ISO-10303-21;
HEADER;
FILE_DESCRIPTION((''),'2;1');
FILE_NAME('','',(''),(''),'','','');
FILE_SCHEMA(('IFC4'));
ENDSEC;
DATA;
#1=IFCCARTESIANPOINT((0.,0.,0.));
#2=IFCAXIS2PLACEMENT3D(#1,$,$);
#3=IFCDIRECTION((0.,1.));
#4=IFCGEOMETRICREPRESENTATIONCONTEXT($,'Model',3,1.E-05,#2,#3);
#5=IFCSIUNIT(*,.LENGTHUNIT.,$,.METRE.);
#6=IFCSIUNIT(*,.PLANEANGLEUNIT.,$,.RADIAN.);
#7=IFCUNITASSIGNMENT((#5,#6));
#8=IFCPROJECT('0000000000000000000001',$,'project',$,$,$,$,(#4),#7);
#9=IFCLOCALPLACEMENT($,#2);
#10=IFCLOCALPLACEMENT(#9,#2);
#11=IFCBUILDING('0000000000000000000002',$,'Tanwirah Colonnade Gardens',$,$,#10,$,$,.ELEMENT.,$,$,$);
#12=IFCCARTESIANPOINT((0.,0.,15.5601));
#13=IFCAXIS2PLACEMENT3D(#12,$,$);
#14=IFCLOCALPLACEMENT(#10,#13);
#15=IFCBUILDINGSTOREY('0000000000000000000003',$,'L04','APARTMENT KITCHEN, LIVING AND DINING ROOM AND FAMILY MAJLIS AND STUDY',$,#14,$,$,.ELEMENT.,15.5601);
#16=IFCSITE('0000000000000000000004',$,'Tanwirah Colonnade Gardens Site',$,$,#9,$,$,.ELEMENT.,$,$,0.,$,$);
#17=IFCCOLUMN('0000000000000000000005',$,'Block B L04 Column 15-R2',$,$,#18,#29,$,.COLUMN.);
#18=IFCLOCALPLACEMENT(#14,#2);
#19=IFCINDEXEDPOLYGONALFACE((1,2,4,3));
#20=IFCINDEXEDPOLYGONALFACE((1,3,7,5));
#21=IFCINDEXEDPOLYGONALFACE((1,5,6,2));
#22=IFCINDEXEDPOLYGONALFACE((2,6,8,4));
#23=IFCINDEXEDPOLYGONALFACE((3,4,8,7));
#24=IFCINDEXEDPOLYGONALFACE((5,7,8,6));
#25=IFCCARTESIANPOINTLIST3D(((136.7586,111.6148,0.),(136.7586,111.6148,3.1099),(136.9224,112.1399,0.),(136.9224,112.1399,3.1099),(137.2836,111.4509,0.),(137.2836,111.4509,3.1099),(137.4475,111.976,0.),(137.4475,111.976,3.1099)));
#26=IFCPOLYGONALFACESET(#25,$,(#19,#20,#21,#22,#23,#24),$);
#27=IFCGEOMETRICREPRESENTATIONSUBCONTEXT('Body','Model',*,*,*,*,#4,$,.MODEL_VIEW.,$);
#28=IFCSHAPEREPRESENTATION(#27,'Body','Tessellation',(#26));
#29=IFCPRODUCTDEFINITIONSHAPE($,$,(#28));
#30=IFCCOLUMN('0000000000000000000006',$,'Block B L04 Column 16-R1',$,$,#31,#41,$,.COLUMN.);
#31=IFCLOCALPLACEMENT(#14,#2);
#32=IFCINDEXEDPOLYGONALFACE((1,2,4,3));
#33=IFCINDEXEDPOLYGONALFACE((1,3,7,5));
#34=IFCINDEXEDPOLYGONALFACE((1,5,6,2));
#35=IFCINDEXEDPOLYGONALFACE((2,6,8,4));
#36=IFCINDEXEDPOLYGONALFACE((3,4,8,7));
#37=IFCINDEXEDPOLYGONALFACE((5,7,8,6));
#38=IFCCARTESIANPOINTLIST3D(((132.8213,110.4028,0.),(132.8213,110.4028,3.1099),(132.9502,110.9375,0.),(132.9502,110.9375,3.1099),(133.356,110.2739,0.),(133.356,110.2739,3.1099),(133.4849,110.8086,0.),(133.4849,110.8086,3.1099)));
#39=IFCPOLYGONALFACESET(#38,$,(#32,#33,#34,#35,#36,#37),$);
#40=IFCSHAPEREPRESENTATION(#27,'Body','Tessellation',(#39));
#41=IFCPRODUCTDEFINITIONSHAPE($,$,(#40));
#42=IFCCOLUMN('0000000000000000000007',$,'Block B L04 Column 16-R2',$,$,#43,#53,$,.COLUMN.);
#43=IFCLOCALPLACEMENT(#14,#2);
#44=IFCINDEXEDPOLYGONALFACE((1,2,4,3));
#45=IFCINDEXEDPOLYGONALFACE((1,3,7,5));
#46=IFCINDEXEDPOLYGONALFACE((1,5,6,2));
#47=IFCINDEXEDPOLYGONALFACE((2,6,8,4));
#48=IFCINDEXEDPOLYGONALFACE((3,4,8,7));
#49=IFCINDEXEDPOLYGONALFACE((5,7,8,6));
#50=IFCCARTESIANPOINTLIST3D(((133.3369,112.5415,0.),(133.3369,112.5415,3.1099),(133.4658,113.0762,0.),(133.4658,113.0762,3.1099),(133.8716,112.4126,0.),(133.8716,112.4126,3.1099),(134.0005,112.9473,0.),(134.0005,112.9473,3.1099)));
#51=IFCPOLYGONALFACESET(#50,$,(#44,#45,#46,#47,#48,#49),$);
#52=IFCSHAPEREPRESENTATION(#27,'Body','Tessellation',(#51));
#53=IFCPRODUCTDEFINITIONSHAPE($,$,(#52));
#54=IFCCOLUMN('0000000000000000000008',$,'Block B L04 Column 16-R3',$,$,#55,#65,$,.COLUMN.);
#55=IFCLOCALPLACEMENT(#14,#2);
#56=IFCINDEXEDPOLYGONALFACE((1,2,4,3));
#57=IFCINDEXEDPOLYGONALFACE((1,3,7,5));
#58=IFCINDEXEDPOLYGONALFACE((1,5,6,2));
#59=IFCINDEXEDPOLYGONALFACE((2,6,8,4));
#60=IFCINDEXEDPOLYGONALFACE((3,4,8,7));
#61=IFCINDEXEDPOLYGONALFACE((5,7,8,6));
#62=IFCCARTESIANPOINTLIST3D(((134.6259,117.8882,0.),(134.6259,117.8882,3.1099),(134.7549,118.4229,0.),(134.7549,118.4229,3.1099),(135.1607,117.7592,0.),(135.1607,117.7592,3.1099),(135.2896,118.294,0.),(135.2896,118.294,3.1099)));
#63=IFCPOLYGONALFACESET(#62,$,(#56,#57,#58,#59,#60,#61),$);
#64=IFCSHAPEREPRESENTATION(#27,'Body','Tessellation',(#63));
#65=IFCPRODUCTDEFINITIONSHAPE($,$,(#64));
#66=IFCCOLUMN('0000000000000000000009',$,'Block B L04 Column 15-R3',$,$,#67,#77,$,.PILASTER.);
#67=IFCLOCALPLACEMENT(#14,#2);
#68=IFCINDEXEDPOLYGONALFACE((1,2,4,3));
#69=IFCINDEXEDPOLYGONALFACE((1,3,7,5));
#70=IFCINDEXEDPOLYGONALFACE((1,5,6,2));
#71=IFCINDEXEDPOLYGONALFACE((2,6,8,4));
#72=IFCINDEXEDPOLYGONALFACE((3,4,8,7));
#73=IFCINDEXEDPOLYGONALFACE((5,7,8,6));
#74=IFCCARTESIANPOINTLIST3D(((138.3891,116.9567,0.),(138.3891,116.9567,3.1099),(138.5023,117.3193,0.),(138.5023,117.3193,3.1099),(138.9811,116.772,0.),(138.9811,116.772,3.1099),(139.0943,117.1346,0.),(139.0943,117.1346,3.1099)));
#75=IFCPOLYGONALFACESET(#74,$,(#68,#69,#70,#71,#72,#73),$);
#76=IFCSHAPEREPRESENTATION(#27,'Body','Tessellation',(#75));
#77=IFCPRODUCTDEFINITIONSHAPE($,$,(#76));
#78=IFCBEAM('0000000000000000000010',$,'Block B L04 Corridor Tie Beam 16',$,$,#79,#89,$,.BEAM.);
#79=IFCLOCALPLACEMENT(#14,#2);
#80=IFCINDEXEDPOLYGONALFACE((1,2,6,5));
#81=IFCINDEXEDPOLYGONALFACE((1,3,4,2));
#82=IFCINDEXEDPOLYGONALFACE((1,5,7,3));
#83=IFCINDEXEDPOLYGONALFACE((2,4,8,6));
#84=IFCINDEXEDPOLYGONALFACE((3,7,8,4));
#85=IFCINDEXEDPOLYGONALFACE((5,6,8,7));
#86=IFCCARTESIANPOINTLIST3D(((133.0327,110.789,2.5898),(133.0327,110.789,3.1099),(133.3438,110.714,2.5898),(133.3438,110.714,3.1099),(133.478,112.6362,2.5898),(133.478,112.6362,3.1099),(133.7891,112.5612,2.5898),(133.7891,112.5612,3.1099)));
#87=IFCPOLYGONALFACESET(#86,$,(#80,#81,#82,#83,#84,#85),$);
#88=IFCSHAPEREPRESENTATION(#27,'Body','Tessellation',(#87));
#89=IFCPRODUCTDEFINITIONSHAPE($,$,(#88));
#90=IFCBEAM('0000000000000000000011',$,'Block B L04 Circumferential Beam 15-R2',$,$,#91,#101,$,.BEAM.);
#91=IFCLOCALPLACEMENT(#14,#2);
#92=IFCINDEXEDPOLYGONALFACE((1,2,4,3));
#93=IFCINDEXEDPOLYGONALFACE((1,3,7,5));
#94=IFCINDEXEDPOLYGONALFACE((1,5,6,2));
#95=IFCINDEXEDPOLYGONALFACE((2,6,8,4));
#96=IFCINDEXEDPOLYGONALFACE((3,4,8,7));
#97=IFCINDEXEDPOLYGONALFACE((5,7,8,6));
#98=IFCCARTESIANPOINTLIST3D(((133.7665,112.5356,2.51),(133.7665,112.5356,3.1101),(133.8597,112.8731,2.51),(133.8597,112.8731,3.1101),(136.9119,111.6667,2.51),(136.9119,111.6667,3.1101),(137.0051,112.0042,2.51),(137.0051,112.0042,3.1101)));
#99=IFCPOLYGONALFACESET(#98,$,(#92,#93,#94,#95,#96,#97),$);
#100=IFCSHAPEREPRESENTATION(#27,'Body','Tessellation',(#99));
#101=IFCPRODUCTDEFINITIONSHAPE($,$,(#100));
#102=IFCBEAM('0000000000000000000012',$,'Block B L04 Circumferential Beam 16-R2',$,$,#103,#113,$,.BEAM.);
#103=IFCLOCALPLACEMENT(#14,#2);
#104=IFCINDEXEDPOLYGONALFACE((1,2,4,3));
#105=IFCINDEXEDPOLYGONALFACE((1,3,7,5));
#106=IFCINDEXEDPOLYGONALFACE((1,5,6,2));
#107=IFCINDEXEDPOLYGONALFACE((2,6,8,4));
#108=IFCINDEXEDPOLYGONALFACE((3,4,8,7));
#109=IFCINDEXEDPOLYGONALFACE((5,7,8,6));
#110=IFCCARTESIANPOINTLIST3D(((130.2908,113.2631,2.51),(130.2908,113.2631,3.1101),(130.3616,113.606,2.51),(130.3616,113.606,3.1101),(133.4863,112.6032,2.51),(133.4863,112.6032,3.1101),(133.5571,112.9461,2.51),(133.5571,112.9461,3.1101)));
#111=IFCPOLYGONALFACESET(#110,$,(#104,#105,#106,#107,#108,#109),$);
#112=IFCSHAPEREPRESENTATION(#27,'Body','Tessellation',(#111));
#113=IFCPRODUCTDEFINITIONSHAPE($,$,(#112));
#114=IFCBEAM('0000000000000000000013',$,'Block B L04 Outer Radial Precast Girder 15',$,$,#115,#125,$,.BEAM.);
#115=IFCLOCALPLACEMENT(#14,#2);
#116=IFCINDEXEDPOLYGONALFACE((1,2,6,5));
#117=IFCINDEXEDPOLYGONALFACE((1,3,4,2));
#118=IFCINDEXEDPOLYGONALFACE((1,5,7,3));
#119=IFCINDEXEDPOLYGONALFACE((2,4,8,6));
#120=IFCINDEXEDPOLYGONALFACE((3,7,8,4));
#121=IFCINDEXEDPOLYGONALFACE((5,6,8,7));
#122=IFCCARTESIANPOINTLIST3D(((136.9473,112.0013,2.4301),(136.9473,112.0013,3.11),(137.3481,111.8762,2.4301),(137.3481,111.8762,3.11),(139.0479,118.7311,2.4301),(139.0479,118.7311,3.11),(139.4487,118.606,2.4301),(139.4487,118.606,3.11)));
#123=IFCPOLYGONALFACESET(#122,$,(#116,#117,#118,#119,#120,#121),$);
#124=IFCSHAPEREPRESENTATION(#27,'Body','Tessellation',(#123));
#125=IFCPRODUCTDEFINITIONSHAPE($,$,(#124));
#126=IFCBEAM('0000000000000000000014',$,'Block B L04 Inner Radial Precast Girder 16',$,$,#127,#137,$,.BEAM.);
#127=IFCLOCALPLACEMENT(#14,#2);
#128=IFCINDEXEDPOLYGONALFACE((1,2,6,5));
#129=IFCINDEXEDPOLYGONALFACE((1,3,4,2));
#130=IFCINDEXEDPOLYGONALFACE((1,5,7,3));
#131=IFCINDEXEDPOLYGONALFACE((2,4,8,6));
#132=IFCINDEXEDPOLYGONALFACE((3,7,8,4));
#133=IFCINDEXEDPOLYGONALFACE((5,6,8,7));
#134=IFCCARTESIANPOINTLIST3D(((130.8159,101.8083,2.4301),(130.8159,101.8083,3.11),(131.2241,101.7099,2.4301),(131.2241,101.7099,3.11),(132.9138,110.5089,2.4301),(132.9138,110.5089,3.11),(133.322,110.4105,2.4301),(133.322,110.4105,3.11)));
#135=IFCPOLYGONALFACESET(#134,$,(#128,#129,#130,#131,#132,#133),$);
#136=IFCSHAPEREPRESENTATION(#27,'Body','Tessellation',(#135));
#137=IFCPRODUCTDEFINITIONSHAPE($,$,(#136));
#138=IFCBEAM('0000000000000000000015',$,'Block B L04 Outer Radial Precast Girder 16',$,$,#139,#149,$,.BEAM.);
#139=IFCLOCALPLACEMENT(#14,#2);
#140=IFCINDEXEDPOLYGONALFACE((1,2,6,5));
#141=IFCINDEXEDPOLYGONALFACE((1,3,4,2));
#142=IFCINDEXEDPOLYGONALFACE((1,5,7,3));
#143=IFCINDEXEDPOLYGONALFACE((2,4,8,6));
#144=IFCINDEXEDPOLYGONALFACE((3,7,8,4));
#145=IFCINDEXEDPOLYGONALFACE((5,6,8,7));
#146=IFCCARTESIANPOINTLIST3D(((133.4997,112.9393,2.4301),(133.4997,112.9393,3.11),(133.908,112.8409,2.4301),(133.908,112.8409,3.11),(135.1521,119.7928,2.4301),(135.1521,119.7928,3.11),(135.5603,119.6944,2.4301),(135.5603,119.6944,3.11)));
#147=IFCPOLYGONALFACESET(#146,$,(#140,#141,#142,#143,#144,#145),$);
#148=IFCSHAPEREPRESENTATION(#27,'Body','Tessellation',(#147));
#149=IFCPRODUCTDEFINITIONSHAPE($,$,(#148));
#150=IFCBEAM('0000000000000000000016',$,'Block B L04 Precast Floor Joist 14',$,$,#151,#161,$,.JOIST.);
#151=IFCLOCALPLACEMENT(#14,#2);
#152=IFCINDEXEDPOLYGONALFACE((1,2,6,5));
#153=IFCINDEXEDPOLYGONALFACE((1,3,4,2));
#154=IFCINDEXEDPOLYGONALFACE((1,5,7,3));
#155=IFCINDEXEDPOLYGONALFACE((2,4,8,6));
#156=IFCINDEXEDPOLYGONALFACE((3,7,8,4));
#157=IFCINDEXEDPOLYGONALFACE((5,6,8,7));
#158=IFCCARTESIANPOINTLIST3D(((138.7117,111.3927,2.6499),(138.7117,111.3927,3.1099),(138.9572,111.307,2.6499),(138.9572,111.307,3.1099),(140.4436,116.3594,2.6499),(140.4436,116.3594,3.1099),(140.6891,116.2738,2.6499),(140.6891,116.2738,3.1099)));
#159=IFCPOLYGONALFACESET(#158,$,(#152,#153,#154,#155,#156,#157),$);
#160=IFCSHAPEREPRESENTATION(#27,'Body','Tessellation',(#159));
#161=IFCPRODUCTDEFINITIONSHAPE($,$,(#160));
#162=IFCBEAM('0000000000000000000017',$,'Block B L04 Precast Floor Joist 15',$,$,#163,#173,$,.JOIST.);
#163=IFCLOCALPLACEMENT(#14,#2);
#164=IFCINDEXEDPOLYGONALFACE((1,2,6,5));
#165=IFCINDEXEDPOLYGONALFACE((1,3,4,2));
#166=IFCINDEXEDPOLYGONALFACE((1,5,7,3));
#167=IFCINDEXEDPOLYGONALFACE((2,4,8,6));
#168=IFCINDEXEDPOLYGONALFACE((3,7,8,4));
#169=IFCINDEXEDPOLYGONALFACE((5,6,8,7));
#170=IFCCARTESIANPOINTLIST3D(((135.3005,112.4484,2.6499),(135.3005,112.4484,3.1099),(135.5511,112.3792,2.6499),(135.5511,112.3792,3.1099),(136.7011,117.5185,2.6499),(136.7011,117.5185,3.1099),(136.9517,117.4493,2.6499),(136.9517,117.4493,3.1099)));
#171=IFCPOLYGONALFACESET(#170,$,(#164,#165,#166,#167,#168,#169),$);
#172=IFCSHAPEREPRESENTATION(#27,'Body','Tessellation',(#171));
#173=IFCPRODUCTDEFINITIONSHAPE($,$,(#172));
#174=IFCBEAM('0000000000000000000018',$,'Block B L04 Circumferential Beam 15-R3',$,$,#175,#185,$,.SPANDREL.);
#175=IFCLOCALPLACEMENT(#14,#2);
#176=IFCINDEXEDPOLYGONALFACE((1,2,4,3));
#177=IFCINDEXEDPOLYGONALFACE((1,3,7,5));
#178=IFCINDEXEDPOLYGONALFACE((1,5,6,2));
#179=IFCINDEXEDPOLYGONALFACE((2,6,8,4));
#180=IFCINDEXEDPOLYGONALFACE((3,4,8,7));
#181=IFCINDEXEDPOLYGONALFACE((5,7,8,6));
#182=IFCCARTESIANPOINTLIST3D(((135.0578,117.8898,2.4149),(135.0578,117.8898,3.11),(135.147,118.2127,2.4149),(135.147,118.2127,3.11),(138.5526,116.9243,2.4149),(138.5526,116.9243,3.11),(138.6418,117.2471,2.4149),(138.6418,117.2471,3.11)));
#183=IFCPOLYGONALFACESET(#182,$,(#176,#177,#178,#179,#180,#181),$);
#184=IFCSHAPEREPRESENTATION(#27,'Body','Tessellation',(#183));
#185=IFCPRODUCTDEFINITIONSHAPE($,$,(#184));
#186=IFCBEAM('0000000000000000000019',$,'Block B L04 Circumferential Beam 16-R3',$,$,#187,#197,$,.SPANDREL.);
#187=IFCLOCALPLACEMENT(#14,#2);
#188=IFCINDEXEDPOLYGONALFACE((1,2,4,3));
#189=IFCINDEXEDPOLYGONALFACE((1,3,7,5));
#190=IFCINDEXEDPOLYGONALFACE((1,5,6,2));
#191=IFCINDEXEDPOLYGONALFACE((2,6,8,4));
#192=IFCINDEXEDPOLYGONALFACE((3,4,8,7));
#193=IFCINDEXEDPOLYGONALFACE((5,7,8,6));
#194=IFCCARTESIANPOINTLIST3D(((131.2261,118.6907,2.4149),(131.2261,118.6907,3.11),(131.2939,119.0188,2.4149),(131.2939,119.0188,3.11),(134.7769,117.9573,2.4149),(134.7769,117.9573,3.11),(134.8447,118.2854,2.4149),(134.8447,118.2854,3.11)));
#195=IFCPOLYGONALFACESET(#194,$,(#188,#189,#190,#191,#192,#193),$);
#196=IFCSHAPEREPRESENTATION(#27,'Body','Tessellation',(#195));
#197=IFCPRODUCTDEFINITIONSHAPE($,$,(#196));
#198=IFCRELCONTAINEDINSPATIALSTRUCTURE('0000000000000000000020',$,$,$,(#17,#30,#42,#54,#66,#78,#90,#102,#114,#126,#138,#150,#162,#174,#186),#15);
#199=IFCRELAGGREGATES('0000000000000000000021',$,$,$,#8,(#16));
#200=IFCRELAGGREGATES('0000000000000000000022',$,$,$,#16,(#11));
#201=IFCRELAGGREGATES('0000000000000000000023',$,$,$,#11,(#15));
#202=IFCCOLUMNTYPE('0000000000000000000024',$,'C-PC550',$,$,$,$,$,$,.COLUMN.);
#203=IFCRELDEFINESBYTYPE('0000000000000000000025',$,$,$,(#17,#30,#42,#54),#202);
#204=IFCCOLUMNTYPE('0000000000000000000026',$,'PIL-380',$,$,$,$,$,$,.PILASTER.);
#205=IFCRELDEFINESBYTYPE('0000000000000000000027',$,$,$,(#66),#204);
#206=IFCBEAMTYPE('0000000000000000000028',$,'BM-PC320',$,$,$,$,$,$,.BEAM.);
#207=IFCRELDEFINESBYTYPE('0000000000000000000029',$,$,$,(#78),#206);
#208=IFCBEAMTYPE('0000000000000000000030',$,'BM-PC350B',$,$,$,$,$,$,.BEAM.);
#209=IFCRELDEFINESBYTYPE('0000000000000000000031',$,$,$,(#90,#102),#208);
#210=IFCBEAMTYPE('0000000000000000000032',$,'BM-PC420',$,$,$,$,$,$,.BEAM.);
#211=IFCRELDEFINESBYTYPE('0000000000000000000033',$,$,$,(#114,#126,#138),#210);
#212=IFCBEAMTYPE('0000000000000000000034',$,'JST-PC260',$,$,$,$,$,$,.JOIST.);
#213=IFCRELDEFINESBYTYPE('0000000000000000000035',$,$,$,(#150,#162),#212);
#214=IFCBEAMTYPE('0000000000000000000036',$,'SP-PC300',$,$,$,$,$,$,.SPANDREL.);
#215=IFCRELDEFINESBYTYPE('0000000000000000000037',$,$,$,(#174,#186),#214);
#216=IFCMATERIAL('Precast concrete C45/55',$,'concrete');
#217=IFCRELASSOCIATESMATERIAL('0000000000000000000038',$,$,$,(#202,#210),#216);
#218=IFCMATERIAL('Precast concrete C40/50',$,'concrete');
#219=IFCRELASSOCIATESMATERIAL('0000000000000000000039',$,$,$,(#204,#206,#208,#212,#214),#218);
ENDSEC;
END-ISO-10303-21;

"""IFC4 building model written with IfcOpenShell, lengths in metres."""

from ifc_helpers import new_model, si_unit, direction, frame, origin, origin_2d, place, context, subcontext, project, spatial, rectangle, extrude, material, material_profile, profile_set, type_object, element, save


model = new_model("IFC4")

# Units and contexts
model_context = context("Model", 3, precision=1e-05, world=origin(), true_north=direction((0.0, 1.0)))
body_context = subcontext(model_context, "Body", "Model", "MODEL_VIEW")
ifc_project = project(units=[si_unit("LENGTHUNIT", "METRE"), si_unit("PLANEANGLEUNIT", "RADIAN")], contexts=[model_context])

# Site, building, storey
site_placement = place(None, origin())
site = spatial("IfcSite", under=ifc_project, at=site_placement, Name="Tanwirah Colonnade Gardens Site", CompositionType="ELEMENT", RefElevation=0.0)
building_placement = place(site_placement, origin())
building = spatial("IfcBuilding", under=site, at=building_placement, Name="Tanwirah Colonnade Gardens", CompositionType="ELEMENT")
storey_placement = place(building_placement, frame((0.0, 0.0, 15.5601)))
storey = spatial("IfcBuildingStorey", under=building, at=storey_placement, Name="L04", Description="APARTMENT KITCHEN, LIVING AND DINING ROOM AND FAMILY MAJLIS AND STUDY", CompositionType="ELEMENT", Elevation=15.5601)

# Columns
ifc_material_1 = material(Name="Precast concrete C45/55", Category="concrete")
ifc_material_profile_1 = material_profile(ifc_material_1, rectangle(XDim=0.55, YDim=0.55, at=origin_2d()), Name="PC-COL 550x550")
ifc_profile_set_1 = profile_set([ifc_material_profile_1], Name="Precast concrete C45/55")
column_type_1 = type_object("IfcColumnType", Name="C-PC550", PredefinedType="COLUMN", material=ifc_profile_set_1)
for number, where, z_axis, x_axis, name in (
    (1, (137.103, 111.7954, 0.0), (0.0, 0.0, 1.0), (0.29793, 0.954588, 0.0), "Block B L04 Column 15-R2"),
    (2, (133.1531, 110.6057, 0.0), (0.0, 0.0, 1.0), (0.234388, 0.972143, 0.0), "Block B L04 Column 16-R1"),
    (3, (133.6687, 112.7444, 0.0), (0.0, 0.0, 1.0), (0.234388, 0.972143, 0.0), "Block B L04 Column 16-R2"),
    (4, (134.9578, 118.0911, 0.0), (0.0, 0.0, 1.0), (0.234388, 0.972143, 0.0), "Block B L04 Column 16-R3"),
):
    element("IfcColumn", number, at=place(storey_placement, frame(where, z_axis=z_axis, x_axis=x_axis)), inside=storey, type_object=column_type_1, Name=name, PredefinedType="COLUMN", context=body_context, shape_type="SweptSolid", body=[
        extrude(rectangle(XDim=0.55, YDim=0.55, at=origin_2d()), origin(), (0.0, 0.0, 1.0), 3.1099),
    ])
ifc_material_2 = material(Name="Precast concrete C40/50", Category="concrete")
ifc_material_profile_2 = material_profile(ifc_material_2, rectangle(XDim=0.3799, YDim=0.6201, at=origin_2d()), Name="PC-PIL 380x620")
ifc_profile_set_2 = profile_set([ifc_material_profile_2], Name="Precast concrete C40/50")
column_type_2 = type_object("IfcColumnType", Name="PIL-380", PredefinedType="PILASTER", material=ifc_profile_set_2)
column_placement = place(storey_placement, frame((138.7417, 117.0457, 0.0), z_axis=(0.0, 0.0, 1.0), x_axis=(0.29793, 0.954588, 0.0)))
element("IfcColumn", 5, at=column_placement, inside=storey, type_object=column_type_2, Name="Block B L04 Column 15-R3", PredefinedType="PILASTER", context=body_context, shape_type="SweptSolid", body=[
    extrude(rectangle(XDim=0.3799, YDim=0.6201, at=origin_2d()), origin(), (0.0, 0.0, 1.0), 3.1099),
])

# Beams
ifc_material_profile_3 = material_profile(ifc_material_2, rectangle(XDim=0.3201, YDim=0.52, at=origin_2d()), Name="PC-BM 320x520")
ifc_profile_set_3 = profile_set([ifc_material_profile_3], Name="Precast concrete C40/50")
beam_type_1 = type_object("IfcBeamType", Name="BM-PC320", PredefinedType="BEAM", material=ifc_profile_set_3)
beam_1_placement = place(storey_placement, frame((133.1882, 110.7515, 2.8499), z_axis=(0.234364, 0.972149, 0.0), x_axis=(-0.972149, 0.234364, 0.0)))
element("IfcBeam", 6, at=beam_1_placement, inside=storey, type_object=beam_type_1, Name="Block B L04 Corridor Tie Beam 16", PredefinedType="BEAM", context=body_context, shape_type="SweptSolid", body=[
    extrude(rectangle(XDim=0.3201, YDim=0.52, at=origin_2d()), origin(), (0.0, 0.0, 1.0), 1.9001),
])
ifc_material_profile_4 = material_profile(ifc_material_2, rectangle(XDim=0.3501, YDim=0.6001, at=origin_2d()), Name="PC-BM 350x600")
ifc_profile_set_4 = profile_set([ifc_material_profile_4], Name="Precast concrete C40/50")
beam_type_2 = type_object("IfcBeamType", Name="BM-PC350B", PredefinedType="BEAM", material=ifc_profile_set_4)
beam_2_placement = place(storey_placement, frame((136.9585, 111.8354, 2.8101), z_axis=(-0.963895, 0.266281, 0.0), x_axis=(-0.266281, -0.963895, 0.0)))
element("IfcBeam", 7, at=beam_2_placement, inside=storey, type_object=beam_type_2, Name="Block B L04 Circumferential Beam 15-R2", PredefinedType="BEAM", context=body_context, shape_type="SweptSolid", body=[
    extrude(rectangle(XDim=0.3501, YDim=0.6001, at=origin_2d()), origin(), (0.0, 0.0, 1.0), 3.2632),
])
beam_3_placement = place(storey_placement, frame((133.5217, 112.7747, 2.8101), z_axis=(-0.979336, 0.202242, 0.0), x_axis=(-0.202242, -0.979336, 0.0)))
element("IfcBeam", 8, at=beam_3_placement, inside=storey, type_object=beam_type_2, Name="Block B L04 Circumferential Beam 16-R2", PredefinedType="BEAM", context=body_context, shape_type="SweptSolid", body=[
    extrude(rectangle(XDim=0.3501, YDim=0.6001, at=origin_2d()), origin(), (0.0, 0.0, 1.0), 3.2629),
])
ifc_material_profile_5 = material_profile(ifc_material_1, rectangle(XDim=0.4199, YDim=0.6799, at=origin_2d()), Name="PC-BM 420x680")
ifc_profile_set_5 = profile_set([ifc_material_profile_5], Name="Precast concrete C45/55")
beam_type_3 = type_object("IfcBeamType", Name="BM-PC420", PredefinedType="BEAM", material=ifc_profile_set_5)
beam_4_placement = place(storey_placement, frame((137.1477, 111.9387, 2.77), z_axis=(0.297958, 0.954579, 0.0), x_axis=(-0.954579, 0.297958, 0.0)))
element("IfcBeam", 9, at=beam_4_placement, inside=storey, type_object=beam_type_3, Name="Block B L04 Outer Radial Precast Girder 15", PredefinedType="BEAM", context=body_context, shape_type="SweptSolid", body=[
    extrude(rectangle(XDim=0.4199, YDim=0.6799, at=origin_2d()), origin(), (0.0, 0.0, 1.0), 7.05),
])
beam_5_placement = place(storey_placement, frame((133.1179, 110.4597, 2.77), z_axis=(-0.234401, -0.97214, 0.0), x_axis=(0.97214, -0.234401, 0.0)))
element("IfcBeam", 10, at=beam_5_placement, inside=storey, type_object=beam_type_3, Name="Block B L04 Inner Radial Precast Girder 16", PredefinedType="BEAM", context=body_context, shape_type="SweptSolid", body=[
    extrude(rectangle(XDim=0.4199, YDim=0.6799, at=origin_2d()), origin(), (0.0, 0.0, 1.0), 8.95),
])
beam_6_placement = place(storey_placement, frame((133.7039, 112.8901, 2.77), z_axis=(0.234379, 0.972145, 0.0), x_axis=(-0.972145, 0.234379, 0.0)))
element("IfcBeam", 11, at=beam_6_placement, inside=storey, type_object=beam_type_3, Name="Block B L04 Outer Radial Precast Girder 16", PredefinedType="BEAM", context=body_context, shape_type="SweptSolid", body=[
    extrude(rectangle(XDim=0.4199, YDim=0.6799, at=origin_2d()), origin(), (0.0, 0.0, 1.0), 7.0498),
])
ifc_material_profile_6 = material_profile(ifc_material_2, rectangle(XDim=0.26, YDim=0.46, at=origin_2d()), Name="PC-JST 260x460")
ifc_profile_set_6 = profile_set([ifc_material_profile_6], Name="Precast concrete C40/50")
beam_type_4 = type_object("IfcBeamType", Name="JST-PC260", PredefinedType="JOIST", material=ifc_profile_set_6)
for number, where, z_axis, x_axis, name in (
    (12, (138.8345, 111.3499, 2.8799), (0.329259, 0.94424, 0.0), (-0.94424, 0.329259, 0.0), "Block B L04 Precast Floor Joist 14"),
    (13, (135.4258, 112.4138, 2.8799), (0.266281, 0.963895, 0.0), (-0.963895, 0.266281, 0.0), "Block B L04 Precast Floor Joist 15"),
):
    element("IfcBeam", number, at=place(storey_placement, frame(where, z_axis=z_axis, x_axis=x_axis)), inside=storey, type_object=beam_type_4, Name=name, PredefinedType="JOIST", context=body_context, shape_type="SweptSolid", body=[
        extrude(rectangle(XDim=0.26, YDim=0.46, at=origin_2d()), origin(), (0.0, 0.0, 1.0), 5.26),
    ])
ifc_material_profile_7 = material_profile(ifc_material_2, rectangle(XDim=0.335, YDim=0.6951, at=origin_2d()), Name="PC-SP 335x695")
ifc_profile_set_7 = profile_set([ifc_material_profile_7], Name="Precast concrete C40/50")
beam_type_5 = type_object("IfcBeamType", Name="SP-PC300", PredefinedType="SPANDREL", material=ifc_profile_set_7)
for number, where, z_axis, x_axis, name in (
    (14, (138.5972, 117.0857, 2.7625), (-0.963888, 0.266307, 0.0), (-0.266307, -0.963888, 0.0), "Block B L04 Circumferential Beam 15-R3"),
    (15, (134.8108, 118.1213, 2.7625), (-0.979329, 0.202276, 0.0), (-0.202276, -0.979329, 0.0), "Block B L04 Circumferential Beam 16-R3"),
):
    element("IfcBeam", number, at=place(storey_placement, frame(where, z_axis=z_axis, x_axis=x_axis)), inside=storey, type_object=beam_type_5, Name=name, PredefinedType="SPANDREL", context=body_context, shape_type="SweptSolid", body=[
        extrude(rectangle(XDim=0.335, YDim=0.6951, at=origin_2d()), origin(), (0.0, 0.0, 1.0), 3.6257),
    ])

save(model, "model.ifc")
